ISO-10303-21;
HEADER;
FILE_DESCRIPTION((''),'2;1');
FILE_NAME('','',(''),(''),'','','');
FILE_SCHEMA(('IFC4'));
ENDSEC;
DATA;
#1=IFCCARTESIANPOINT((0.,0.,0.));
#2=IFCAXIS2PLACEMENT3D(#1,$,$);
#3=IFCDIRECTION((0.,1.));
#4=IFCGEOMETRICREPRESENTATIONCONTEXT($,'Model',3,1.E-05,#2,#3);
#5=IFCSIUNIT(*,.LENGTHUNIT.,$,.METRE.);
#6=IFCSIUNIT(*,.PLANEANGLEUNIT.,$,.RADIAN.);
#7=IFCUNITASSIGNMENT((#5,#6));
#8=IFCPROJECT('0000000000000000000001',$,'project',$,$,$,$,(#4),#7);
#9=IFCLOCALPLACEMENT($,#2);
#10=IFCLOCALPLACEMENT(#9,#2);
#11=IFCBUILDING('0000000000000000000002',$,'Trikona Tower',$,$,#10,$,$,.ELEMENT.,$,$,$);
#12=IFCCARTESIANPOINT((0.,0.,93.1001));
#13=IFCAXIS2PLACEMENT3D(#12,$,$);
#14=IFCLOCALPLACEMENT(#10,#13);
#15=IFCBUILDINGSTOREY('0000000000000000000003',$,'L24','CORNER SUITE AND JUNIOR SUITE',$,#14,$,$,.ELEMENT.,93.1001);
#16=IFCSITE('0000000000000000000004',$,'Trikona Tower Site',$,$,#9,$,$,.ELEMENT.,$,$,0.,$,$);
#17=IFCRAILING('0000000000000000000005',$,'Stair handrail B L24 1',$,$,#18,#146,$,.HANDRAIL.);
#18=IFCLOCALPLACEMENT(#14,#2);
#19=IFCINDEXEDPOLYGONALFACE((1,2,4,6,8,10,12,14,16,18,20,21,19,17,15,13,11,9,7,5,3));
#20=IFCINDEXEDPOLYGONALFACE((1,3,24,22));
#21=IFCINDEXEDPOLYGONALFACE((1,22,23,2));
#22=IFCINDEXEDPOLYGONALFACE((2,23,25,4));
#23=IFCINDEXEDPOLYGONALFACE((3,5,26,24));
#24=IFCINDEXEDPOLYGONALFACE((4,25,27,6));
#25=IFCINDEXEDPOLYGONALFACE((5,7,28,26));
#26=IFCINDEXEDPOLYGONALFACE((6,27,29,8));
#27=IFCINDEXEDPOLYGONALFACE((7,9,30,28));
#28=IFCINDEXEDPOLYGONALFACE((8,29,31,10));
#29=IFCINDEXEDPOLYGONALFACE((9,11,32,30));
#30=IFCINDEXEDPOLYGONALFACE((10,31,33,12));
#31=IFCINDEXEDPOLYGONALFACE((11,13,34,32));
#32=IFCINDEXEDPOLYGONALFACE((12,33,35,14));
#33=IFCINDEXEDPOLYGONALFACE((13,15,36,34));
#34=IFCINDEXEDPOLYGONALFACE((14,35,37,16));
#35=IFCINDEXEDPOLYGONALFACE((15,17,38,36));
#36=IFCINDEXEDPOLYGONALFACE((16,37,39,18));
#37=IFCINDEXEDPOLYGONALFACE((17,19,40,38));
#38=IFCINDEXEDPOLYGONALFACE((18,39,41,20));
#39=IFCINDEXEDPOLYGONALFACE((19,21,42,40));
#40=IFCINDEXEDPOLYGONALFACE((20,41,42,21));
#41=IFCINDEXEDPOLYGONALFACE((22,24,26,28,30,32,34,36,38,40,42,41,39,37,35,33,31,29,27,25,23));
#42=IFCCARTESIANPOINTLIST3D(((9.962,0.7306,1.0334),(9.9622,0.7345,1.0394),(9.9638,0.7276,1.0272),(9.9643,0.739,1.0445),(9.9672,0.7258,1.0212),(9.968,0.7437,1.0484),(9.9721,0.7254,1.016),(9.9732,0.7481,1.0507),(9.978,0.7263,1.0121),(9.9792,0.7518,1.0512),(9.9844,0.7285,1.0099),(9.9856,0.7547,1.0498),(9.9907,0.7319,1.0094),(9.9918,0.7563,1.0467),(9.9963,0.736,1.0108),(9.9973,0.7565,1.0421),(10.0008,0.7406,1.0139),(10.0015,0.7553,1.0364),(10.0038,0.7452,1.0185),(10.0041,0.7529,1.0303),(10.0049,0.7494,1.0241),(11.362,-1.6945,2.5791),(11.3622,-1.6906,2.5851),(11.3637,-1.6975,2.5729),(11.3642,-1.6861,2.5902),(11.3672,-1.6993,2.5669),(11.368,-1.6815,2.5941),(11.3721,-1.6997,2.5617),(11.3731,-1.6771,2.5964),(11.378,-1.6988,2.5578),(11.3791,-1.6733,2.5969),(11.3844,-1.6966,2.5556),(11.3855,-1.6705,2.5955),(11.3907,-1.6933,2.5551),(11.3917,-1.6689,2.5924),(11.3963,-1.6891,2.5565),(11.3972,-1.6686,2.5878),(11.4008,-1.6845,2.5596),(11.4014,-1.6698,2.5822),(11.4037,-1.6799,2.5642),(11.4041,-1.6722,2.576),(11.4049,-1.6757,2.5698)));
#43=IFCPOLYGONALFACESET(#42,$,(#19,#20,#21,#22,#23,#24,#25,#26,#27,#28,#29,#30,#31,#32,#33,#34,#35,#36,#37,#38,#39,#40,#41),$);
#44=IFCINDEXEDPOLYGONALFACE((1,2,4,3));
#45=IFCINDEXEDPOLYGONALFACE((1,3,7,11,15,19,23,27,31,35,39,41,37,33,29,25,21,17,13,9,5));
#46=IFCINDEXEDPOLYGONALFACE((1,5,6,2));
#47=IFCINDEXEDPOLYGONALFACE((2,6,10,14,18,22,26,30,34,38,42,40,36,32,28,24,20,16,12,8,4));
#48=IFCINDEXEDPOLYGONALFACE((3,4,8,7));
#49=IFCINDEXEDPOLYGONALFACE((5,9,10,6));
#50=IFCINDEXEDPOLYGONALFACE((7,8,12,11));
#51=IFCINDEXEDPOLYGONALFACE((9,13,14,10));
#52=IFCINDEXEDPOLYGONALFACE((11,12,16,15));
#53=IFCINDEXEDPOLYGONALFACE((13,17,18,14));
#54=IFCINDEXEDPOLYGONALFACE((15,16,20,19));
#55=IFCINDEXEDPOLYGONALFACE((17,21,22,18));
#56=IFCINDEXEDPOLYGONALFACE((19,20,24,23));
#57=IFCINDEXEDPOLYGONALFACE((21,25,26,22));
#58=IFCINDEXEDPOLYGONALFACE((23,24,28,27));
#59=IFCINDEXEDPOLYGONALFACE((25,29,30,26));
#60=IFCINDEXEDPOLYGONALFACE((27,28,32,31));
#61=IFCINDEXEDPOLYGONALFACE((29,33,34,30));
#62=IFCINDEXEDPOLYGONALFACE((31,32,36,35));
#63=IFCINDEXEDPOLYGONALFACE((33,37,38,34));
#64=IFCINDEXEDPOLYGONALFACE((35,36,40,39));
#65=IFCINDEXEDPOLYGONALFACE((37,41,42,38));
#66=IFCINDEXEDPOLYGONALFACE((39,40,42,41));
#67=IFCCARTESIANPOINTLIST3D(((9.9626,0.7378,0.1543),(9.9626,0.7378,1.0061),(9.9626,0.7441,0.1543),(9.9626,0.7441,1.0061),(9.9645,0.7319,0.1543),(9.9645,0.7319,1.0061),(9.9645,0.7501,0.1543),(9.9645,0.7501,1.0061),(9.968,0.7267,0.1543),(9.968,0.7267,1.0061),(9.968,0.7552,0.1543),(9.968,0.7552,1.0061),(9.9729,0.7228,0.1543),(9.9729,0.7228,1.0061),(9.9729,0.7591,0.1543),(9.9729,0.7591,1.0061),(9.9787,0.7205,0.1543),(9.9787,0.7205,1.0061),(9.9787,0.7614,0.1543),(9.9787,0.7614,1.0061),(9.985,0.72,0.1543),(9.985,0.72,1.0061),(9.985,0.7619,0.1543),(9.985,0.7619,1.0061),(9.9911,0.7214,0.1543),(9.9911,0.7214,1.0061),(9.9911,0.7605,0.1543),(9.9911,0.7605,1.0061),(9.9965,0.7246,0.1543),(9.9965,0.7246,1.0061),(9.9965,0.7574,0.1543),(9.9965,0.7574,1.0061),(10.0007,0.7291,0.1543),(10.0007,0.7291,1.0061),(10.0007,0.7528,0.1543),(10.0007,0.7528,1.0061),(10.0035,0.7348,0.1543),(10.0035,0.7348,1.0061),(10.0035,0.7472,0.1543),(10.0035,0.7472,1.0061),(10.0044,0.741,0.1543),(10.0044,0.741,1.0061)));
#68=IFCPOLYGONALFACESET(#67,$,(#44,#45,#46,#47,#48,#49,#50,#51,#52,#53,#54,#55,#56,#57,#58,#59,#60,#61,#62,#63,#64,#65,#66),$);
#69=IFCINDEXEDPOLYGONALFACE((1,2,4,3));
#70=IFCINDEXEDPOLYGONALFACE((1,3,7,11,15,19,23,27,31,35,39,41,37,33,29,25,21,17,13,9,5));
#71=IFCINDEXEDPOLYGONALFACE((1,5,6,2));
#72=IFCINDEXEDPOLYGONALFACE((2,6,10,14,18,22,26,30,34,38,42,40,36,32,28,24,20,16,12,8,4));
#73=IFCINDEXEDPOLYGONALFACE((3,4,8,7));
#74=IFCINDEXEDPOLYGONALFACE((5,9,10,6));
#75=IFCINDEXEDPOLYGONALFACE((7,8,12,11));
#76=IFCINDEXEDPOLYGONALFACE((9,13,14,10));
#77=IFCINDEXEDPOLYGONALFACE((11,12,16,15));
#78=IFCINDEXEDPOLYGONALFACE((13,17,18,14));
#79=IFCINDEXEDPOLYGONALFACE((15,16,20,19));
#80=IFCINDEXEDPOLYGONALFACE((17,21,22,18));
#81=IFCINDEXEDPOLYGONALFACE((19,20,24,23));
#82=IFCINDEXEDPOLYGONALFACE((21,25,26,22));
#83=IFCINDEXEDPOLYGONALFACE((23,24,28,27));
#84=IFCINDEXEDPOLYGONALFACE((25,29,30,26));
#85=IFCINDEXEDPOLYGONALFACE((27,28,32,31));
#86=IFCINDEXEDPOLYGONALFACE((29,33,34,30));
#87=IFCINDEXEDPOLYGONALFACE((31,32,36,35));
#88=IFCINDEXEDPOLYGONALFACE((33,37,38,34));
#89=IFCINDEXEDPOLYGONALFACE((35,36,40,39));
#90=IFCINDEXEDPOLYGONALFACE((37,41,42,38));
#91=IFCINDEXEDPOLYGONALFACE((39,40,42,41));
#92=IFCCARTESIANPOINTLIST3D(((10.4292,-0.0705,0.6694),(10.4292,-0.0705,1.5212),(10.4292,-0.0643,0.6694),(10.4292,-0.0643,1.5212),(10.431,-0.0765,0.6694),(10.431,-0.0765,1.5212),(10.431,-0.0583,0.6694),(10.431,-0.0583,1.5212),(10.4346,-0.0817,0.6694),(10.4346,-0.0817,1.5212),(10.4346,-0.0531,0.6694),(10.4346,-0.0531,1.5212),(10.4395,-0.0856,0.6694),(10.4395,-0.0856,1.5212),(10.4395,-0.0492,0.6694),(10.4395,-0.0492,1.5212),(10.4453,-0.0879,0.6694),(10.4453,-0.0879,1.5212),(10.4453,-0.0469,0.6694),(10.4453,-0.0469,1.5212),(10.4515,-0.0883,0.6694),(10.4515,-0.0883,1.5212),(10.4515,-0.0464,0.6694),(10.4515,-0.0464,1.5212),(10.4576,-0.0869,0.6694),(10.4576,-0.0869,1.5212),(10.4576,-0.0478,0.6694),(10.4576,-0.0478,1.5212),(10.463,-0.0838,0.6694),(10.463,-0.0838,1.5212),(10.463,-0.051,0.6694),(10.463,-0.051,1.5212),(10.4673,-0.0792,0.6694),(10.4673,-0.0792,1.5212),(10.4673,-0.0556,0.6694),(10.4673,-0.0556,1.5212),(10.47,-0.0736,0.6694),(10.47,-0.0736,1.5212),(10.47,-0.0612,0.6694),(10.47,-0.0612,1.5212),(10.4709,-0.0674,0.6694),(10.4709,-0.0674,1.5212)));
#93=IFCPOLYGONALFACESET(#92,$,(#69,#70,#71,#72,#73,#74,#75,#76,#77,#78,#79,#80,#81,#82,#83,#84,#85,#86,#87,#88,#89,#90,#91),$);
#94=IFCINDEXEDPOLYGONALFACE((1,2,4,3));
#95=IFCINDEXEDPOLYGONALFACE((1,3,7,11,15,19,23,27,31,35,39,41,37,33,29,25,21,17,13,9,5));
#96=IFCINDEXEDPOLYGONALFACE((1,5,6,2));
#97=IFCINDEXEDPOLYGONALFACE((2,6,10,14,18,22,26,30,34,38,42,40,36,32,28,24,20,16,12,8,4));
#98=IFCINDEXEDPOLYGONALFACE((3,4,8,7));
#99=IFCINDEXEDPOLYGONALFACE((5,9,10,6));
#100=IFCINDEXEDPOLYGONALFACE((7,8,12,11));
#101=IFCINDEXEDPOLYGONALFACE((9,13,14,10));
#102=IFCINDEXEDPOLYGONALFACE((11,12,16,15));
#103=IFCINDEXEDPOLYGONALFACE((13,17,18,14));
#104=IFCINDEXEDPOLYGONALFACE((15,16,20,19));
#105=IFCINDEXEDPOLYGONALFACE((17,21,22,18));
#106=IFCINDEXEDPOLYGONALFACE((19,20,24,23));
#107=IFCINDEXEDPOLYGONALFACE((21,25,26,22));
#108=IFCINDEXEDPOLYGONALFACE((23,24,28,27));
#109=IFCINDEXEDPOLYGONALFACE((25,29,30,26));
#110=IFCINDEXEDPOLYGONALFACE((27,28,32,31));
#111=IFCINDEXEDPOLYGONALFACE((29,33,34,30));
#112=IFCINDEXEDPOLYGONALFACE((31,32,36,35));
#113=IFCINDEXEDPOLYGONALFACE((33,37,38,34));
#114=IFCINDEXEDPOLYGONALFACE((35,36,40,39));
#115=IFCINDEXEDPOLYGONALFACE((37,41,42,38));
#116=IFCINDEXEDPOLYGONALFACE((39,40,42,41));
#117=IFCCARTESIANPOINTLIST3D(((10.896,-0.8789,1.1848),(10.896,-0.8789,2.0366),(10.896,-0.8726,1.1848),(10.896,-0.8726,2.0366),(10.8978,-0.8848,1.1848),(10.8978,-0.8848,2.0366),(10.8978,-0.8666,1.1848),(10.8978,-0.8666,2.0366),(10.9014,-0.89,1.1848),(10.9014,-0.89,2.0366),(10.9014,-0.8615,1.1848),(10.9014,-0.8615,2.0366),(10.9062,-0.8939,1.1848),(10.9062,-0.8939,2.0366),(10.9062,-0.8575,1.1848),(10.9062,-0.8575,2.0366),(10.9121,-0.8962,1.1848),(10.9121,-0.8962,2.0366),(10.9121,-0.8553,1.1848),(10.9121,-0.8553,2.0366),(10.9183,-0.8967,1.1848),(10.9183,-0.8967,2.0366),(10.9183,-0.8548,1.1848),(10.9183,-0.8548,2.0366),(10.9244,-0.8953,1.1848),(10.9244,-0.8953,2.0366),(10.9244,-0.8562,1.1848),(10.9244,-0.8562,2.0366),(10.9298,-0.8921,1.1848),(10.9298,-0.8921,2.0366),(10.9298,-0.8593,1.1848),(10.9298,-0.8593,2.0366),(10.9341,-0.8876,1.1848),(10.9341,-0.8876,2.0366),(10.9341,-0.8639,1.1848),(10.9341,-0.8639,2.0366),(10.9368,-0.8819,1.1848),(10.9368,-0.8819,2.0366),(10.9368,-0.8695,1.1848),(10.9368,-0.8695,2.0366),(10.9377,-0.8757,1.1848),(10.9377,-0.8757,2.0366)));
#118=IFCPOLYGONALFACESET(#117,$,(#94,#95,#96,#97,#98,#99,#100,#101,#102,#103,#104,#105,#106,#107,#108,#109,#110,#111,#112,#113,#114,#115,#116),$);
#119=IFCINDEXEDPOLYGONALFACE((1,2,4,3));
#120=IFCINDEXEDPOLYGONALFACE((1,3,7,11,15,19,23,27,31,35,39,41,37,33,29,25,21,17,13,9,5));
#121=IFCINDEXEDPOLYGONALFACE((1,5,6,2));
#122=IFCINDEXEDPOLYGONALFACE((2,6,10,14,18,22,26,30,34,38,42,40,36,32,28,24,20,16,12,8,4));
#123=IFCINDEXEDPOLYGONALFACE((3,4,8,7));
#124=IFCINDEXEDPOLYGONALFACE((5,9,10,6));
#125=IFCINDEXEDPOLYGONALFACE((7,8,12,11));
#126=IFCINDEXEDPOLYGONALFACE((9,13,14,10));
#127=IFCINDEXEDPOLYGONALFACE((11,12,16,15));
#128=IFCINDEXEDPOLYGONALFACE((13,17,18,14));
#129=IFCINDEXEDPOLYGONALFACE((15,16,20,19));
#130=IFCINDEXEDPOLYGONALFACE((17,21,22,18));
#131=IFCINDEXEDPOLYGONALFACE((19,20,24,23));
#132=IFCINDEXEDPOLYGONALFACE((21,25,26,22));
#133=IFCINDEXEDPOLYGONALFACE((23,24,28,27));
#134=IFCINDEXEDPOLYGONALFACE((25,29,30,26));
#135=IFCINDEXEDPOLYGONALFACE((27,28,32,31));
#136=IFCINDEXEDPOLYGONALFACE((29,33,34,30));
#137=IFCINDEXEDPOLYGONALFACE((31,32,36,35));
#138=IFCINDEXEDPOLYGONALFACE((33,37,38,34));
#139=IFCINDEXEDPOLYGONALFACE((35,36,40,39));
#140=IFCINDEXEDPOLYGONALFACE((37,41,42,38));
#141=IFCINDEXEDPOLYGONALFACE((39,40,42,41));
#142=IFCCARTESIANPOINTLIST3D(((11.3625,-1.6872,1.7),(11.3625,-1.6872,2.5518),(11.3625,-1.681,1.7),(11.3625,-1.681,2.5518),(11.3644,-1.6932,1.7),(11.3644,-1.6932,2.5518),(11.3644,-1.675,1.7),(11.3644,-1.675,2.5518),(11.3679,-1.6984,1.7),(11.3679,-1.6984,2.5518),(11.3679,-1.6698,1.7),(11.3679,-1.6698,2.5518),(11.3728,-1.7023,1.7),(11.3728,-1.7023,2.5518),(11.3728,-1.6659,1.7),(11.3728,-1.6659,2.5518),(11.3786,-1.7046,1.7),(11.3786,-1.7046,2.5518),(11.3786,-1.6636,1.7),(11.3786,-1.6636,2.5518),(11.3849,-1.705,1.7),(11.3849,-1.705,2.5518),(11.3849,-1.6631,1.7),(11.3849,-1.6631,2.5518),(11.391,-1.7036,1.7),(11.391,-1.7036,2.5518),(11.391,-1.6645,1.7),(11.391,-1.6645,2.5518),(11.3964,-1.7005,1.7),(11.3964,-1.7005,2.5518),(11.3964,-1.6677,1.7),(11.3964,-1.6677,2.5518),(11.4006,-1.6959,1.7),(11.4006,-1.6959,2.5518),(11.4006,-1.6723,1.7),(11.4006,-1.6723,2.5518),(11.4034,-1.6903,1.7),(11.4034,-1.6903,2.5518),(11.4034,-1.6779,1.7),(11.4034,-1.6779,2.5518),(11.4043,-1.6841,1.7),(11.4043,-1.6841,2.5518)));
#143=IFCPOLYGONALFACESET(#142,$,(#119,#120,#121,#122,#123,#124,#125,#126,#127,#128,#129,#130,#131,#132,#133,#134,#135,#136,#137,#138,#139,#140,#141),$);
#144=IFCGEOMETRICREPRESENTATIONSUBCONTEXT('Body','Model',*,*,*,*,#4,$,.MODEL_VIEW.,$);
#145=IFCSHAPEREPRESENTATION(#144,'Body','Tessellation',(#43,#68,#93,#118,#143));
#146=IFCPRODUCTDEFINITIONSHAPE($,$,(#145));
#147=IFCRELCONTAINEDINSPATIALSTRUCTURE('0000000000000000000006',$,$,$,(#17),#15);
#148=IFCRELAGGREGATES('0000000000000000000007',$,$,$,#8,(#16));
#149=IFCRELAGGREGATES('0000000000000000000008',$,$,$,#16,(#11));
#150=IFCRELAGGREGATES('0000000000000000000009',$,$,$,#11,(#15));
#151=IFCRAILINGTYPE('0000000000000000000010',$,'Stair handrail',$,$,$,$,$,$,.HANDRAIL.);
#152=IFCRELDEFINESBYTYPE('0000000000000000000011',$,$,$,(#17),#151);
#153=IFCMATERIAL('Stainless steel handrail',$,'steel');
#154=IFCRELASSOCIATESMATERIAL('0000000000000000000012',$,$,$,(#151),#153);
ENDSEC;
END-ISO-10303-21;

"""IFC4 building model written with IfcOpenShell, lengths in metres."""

from ifc_helpers import new_model, si_unit, direction, frame, origin, origin_2d, place, context, subcontext, project, spatial, circle, extrude, material, type_object, element, save


model = new_model("IFC4")

# Units and contexts
model_context = context("Model", 3, precision=1e-05, world=origin(), true_north=direction((0.0, 1.0)))
body_context = subcontext(model_context, "Body", "Model", "MODEL_VIEW")
ifc_project = project(units=[si_unit("LENGTHUNIT", "METRE"), si_unit("PLANEANGLEUNIT", "RADIAN")], contexts=[model_context])

# Site, building, storey
site_placement = place(None, origin())
site = spatial("IfcSite", under=ifc_project, at=site_placement, Name="Trikona Tower Site", CompositionType="ELEMENT", RefElevation=0.0)
building_placement = place(site_placement, origin())
building = spatial("IfcBuilding", under=site, at=building_placement, Name="Trikona Tower", CompositionType="ELEMENT")
storey_placement = place(building_placement, frame((0.0, 0.0, 93.1001)))
storey = spatial("IfcBuildingStorey", under=building, at=storey_placement, Name="L24", Description="CORNER SUITE AND JUNIOR SUITE", CompositionType="ELEMENT", Elevation=93.1001)

# Railing
ifc_material_1 = material(Name="Stainless steel handrail", Category="steel")
railing_type = type_object("IfcRailingType", Name="Stair handrail", PredefinedType="HANDRAIL", material=ifc_material_1)
railing_placement = place(storey_placement, frame((9.9834, 0.741, 0.1543)))
element("IfcRailing", 1, at=railing_placement, inside=storey, type_object=railing_type, Name="Stair handrail B L24 1", PredefinedType="HANDRAIL", context=body_context, shape_type="SweptSolid", body=[
    extrude(circle(Radius=0.0239, at=origin_2d()), frame((0.0, 0.0, 0.876), z_axis=(0.437691, -0.758212, 0.483262), x_axis=(0.866056, 0.499946, 0.0)), (0.0, 0.0, 1.0), 3.1985),
    extrude(circle(Radius=0.021, at=origin_2d()), origin(), (0.0, 0.0, 1.0), 0.8518),
    extrude(circle(Radius=0.021, at=origin_2d()), frame((0.4666, -0.8083, 0.5151)), (0.0, 0.0, 1.0), 0.8518),
    extrude(circle(Radius=0.021, at=origin_2d()), frame((0.9333, -1.6167, 1.0305)), (0.0, 0.0, 1.0), 0.8518),
    extrude(circle(Radius=0.021, at=origin_2d()), frame((1.3999, -2.425, 1.5457)), (0.0, 0.0, 1.0), 0.8518),
])

save(model, "model.ifc")
